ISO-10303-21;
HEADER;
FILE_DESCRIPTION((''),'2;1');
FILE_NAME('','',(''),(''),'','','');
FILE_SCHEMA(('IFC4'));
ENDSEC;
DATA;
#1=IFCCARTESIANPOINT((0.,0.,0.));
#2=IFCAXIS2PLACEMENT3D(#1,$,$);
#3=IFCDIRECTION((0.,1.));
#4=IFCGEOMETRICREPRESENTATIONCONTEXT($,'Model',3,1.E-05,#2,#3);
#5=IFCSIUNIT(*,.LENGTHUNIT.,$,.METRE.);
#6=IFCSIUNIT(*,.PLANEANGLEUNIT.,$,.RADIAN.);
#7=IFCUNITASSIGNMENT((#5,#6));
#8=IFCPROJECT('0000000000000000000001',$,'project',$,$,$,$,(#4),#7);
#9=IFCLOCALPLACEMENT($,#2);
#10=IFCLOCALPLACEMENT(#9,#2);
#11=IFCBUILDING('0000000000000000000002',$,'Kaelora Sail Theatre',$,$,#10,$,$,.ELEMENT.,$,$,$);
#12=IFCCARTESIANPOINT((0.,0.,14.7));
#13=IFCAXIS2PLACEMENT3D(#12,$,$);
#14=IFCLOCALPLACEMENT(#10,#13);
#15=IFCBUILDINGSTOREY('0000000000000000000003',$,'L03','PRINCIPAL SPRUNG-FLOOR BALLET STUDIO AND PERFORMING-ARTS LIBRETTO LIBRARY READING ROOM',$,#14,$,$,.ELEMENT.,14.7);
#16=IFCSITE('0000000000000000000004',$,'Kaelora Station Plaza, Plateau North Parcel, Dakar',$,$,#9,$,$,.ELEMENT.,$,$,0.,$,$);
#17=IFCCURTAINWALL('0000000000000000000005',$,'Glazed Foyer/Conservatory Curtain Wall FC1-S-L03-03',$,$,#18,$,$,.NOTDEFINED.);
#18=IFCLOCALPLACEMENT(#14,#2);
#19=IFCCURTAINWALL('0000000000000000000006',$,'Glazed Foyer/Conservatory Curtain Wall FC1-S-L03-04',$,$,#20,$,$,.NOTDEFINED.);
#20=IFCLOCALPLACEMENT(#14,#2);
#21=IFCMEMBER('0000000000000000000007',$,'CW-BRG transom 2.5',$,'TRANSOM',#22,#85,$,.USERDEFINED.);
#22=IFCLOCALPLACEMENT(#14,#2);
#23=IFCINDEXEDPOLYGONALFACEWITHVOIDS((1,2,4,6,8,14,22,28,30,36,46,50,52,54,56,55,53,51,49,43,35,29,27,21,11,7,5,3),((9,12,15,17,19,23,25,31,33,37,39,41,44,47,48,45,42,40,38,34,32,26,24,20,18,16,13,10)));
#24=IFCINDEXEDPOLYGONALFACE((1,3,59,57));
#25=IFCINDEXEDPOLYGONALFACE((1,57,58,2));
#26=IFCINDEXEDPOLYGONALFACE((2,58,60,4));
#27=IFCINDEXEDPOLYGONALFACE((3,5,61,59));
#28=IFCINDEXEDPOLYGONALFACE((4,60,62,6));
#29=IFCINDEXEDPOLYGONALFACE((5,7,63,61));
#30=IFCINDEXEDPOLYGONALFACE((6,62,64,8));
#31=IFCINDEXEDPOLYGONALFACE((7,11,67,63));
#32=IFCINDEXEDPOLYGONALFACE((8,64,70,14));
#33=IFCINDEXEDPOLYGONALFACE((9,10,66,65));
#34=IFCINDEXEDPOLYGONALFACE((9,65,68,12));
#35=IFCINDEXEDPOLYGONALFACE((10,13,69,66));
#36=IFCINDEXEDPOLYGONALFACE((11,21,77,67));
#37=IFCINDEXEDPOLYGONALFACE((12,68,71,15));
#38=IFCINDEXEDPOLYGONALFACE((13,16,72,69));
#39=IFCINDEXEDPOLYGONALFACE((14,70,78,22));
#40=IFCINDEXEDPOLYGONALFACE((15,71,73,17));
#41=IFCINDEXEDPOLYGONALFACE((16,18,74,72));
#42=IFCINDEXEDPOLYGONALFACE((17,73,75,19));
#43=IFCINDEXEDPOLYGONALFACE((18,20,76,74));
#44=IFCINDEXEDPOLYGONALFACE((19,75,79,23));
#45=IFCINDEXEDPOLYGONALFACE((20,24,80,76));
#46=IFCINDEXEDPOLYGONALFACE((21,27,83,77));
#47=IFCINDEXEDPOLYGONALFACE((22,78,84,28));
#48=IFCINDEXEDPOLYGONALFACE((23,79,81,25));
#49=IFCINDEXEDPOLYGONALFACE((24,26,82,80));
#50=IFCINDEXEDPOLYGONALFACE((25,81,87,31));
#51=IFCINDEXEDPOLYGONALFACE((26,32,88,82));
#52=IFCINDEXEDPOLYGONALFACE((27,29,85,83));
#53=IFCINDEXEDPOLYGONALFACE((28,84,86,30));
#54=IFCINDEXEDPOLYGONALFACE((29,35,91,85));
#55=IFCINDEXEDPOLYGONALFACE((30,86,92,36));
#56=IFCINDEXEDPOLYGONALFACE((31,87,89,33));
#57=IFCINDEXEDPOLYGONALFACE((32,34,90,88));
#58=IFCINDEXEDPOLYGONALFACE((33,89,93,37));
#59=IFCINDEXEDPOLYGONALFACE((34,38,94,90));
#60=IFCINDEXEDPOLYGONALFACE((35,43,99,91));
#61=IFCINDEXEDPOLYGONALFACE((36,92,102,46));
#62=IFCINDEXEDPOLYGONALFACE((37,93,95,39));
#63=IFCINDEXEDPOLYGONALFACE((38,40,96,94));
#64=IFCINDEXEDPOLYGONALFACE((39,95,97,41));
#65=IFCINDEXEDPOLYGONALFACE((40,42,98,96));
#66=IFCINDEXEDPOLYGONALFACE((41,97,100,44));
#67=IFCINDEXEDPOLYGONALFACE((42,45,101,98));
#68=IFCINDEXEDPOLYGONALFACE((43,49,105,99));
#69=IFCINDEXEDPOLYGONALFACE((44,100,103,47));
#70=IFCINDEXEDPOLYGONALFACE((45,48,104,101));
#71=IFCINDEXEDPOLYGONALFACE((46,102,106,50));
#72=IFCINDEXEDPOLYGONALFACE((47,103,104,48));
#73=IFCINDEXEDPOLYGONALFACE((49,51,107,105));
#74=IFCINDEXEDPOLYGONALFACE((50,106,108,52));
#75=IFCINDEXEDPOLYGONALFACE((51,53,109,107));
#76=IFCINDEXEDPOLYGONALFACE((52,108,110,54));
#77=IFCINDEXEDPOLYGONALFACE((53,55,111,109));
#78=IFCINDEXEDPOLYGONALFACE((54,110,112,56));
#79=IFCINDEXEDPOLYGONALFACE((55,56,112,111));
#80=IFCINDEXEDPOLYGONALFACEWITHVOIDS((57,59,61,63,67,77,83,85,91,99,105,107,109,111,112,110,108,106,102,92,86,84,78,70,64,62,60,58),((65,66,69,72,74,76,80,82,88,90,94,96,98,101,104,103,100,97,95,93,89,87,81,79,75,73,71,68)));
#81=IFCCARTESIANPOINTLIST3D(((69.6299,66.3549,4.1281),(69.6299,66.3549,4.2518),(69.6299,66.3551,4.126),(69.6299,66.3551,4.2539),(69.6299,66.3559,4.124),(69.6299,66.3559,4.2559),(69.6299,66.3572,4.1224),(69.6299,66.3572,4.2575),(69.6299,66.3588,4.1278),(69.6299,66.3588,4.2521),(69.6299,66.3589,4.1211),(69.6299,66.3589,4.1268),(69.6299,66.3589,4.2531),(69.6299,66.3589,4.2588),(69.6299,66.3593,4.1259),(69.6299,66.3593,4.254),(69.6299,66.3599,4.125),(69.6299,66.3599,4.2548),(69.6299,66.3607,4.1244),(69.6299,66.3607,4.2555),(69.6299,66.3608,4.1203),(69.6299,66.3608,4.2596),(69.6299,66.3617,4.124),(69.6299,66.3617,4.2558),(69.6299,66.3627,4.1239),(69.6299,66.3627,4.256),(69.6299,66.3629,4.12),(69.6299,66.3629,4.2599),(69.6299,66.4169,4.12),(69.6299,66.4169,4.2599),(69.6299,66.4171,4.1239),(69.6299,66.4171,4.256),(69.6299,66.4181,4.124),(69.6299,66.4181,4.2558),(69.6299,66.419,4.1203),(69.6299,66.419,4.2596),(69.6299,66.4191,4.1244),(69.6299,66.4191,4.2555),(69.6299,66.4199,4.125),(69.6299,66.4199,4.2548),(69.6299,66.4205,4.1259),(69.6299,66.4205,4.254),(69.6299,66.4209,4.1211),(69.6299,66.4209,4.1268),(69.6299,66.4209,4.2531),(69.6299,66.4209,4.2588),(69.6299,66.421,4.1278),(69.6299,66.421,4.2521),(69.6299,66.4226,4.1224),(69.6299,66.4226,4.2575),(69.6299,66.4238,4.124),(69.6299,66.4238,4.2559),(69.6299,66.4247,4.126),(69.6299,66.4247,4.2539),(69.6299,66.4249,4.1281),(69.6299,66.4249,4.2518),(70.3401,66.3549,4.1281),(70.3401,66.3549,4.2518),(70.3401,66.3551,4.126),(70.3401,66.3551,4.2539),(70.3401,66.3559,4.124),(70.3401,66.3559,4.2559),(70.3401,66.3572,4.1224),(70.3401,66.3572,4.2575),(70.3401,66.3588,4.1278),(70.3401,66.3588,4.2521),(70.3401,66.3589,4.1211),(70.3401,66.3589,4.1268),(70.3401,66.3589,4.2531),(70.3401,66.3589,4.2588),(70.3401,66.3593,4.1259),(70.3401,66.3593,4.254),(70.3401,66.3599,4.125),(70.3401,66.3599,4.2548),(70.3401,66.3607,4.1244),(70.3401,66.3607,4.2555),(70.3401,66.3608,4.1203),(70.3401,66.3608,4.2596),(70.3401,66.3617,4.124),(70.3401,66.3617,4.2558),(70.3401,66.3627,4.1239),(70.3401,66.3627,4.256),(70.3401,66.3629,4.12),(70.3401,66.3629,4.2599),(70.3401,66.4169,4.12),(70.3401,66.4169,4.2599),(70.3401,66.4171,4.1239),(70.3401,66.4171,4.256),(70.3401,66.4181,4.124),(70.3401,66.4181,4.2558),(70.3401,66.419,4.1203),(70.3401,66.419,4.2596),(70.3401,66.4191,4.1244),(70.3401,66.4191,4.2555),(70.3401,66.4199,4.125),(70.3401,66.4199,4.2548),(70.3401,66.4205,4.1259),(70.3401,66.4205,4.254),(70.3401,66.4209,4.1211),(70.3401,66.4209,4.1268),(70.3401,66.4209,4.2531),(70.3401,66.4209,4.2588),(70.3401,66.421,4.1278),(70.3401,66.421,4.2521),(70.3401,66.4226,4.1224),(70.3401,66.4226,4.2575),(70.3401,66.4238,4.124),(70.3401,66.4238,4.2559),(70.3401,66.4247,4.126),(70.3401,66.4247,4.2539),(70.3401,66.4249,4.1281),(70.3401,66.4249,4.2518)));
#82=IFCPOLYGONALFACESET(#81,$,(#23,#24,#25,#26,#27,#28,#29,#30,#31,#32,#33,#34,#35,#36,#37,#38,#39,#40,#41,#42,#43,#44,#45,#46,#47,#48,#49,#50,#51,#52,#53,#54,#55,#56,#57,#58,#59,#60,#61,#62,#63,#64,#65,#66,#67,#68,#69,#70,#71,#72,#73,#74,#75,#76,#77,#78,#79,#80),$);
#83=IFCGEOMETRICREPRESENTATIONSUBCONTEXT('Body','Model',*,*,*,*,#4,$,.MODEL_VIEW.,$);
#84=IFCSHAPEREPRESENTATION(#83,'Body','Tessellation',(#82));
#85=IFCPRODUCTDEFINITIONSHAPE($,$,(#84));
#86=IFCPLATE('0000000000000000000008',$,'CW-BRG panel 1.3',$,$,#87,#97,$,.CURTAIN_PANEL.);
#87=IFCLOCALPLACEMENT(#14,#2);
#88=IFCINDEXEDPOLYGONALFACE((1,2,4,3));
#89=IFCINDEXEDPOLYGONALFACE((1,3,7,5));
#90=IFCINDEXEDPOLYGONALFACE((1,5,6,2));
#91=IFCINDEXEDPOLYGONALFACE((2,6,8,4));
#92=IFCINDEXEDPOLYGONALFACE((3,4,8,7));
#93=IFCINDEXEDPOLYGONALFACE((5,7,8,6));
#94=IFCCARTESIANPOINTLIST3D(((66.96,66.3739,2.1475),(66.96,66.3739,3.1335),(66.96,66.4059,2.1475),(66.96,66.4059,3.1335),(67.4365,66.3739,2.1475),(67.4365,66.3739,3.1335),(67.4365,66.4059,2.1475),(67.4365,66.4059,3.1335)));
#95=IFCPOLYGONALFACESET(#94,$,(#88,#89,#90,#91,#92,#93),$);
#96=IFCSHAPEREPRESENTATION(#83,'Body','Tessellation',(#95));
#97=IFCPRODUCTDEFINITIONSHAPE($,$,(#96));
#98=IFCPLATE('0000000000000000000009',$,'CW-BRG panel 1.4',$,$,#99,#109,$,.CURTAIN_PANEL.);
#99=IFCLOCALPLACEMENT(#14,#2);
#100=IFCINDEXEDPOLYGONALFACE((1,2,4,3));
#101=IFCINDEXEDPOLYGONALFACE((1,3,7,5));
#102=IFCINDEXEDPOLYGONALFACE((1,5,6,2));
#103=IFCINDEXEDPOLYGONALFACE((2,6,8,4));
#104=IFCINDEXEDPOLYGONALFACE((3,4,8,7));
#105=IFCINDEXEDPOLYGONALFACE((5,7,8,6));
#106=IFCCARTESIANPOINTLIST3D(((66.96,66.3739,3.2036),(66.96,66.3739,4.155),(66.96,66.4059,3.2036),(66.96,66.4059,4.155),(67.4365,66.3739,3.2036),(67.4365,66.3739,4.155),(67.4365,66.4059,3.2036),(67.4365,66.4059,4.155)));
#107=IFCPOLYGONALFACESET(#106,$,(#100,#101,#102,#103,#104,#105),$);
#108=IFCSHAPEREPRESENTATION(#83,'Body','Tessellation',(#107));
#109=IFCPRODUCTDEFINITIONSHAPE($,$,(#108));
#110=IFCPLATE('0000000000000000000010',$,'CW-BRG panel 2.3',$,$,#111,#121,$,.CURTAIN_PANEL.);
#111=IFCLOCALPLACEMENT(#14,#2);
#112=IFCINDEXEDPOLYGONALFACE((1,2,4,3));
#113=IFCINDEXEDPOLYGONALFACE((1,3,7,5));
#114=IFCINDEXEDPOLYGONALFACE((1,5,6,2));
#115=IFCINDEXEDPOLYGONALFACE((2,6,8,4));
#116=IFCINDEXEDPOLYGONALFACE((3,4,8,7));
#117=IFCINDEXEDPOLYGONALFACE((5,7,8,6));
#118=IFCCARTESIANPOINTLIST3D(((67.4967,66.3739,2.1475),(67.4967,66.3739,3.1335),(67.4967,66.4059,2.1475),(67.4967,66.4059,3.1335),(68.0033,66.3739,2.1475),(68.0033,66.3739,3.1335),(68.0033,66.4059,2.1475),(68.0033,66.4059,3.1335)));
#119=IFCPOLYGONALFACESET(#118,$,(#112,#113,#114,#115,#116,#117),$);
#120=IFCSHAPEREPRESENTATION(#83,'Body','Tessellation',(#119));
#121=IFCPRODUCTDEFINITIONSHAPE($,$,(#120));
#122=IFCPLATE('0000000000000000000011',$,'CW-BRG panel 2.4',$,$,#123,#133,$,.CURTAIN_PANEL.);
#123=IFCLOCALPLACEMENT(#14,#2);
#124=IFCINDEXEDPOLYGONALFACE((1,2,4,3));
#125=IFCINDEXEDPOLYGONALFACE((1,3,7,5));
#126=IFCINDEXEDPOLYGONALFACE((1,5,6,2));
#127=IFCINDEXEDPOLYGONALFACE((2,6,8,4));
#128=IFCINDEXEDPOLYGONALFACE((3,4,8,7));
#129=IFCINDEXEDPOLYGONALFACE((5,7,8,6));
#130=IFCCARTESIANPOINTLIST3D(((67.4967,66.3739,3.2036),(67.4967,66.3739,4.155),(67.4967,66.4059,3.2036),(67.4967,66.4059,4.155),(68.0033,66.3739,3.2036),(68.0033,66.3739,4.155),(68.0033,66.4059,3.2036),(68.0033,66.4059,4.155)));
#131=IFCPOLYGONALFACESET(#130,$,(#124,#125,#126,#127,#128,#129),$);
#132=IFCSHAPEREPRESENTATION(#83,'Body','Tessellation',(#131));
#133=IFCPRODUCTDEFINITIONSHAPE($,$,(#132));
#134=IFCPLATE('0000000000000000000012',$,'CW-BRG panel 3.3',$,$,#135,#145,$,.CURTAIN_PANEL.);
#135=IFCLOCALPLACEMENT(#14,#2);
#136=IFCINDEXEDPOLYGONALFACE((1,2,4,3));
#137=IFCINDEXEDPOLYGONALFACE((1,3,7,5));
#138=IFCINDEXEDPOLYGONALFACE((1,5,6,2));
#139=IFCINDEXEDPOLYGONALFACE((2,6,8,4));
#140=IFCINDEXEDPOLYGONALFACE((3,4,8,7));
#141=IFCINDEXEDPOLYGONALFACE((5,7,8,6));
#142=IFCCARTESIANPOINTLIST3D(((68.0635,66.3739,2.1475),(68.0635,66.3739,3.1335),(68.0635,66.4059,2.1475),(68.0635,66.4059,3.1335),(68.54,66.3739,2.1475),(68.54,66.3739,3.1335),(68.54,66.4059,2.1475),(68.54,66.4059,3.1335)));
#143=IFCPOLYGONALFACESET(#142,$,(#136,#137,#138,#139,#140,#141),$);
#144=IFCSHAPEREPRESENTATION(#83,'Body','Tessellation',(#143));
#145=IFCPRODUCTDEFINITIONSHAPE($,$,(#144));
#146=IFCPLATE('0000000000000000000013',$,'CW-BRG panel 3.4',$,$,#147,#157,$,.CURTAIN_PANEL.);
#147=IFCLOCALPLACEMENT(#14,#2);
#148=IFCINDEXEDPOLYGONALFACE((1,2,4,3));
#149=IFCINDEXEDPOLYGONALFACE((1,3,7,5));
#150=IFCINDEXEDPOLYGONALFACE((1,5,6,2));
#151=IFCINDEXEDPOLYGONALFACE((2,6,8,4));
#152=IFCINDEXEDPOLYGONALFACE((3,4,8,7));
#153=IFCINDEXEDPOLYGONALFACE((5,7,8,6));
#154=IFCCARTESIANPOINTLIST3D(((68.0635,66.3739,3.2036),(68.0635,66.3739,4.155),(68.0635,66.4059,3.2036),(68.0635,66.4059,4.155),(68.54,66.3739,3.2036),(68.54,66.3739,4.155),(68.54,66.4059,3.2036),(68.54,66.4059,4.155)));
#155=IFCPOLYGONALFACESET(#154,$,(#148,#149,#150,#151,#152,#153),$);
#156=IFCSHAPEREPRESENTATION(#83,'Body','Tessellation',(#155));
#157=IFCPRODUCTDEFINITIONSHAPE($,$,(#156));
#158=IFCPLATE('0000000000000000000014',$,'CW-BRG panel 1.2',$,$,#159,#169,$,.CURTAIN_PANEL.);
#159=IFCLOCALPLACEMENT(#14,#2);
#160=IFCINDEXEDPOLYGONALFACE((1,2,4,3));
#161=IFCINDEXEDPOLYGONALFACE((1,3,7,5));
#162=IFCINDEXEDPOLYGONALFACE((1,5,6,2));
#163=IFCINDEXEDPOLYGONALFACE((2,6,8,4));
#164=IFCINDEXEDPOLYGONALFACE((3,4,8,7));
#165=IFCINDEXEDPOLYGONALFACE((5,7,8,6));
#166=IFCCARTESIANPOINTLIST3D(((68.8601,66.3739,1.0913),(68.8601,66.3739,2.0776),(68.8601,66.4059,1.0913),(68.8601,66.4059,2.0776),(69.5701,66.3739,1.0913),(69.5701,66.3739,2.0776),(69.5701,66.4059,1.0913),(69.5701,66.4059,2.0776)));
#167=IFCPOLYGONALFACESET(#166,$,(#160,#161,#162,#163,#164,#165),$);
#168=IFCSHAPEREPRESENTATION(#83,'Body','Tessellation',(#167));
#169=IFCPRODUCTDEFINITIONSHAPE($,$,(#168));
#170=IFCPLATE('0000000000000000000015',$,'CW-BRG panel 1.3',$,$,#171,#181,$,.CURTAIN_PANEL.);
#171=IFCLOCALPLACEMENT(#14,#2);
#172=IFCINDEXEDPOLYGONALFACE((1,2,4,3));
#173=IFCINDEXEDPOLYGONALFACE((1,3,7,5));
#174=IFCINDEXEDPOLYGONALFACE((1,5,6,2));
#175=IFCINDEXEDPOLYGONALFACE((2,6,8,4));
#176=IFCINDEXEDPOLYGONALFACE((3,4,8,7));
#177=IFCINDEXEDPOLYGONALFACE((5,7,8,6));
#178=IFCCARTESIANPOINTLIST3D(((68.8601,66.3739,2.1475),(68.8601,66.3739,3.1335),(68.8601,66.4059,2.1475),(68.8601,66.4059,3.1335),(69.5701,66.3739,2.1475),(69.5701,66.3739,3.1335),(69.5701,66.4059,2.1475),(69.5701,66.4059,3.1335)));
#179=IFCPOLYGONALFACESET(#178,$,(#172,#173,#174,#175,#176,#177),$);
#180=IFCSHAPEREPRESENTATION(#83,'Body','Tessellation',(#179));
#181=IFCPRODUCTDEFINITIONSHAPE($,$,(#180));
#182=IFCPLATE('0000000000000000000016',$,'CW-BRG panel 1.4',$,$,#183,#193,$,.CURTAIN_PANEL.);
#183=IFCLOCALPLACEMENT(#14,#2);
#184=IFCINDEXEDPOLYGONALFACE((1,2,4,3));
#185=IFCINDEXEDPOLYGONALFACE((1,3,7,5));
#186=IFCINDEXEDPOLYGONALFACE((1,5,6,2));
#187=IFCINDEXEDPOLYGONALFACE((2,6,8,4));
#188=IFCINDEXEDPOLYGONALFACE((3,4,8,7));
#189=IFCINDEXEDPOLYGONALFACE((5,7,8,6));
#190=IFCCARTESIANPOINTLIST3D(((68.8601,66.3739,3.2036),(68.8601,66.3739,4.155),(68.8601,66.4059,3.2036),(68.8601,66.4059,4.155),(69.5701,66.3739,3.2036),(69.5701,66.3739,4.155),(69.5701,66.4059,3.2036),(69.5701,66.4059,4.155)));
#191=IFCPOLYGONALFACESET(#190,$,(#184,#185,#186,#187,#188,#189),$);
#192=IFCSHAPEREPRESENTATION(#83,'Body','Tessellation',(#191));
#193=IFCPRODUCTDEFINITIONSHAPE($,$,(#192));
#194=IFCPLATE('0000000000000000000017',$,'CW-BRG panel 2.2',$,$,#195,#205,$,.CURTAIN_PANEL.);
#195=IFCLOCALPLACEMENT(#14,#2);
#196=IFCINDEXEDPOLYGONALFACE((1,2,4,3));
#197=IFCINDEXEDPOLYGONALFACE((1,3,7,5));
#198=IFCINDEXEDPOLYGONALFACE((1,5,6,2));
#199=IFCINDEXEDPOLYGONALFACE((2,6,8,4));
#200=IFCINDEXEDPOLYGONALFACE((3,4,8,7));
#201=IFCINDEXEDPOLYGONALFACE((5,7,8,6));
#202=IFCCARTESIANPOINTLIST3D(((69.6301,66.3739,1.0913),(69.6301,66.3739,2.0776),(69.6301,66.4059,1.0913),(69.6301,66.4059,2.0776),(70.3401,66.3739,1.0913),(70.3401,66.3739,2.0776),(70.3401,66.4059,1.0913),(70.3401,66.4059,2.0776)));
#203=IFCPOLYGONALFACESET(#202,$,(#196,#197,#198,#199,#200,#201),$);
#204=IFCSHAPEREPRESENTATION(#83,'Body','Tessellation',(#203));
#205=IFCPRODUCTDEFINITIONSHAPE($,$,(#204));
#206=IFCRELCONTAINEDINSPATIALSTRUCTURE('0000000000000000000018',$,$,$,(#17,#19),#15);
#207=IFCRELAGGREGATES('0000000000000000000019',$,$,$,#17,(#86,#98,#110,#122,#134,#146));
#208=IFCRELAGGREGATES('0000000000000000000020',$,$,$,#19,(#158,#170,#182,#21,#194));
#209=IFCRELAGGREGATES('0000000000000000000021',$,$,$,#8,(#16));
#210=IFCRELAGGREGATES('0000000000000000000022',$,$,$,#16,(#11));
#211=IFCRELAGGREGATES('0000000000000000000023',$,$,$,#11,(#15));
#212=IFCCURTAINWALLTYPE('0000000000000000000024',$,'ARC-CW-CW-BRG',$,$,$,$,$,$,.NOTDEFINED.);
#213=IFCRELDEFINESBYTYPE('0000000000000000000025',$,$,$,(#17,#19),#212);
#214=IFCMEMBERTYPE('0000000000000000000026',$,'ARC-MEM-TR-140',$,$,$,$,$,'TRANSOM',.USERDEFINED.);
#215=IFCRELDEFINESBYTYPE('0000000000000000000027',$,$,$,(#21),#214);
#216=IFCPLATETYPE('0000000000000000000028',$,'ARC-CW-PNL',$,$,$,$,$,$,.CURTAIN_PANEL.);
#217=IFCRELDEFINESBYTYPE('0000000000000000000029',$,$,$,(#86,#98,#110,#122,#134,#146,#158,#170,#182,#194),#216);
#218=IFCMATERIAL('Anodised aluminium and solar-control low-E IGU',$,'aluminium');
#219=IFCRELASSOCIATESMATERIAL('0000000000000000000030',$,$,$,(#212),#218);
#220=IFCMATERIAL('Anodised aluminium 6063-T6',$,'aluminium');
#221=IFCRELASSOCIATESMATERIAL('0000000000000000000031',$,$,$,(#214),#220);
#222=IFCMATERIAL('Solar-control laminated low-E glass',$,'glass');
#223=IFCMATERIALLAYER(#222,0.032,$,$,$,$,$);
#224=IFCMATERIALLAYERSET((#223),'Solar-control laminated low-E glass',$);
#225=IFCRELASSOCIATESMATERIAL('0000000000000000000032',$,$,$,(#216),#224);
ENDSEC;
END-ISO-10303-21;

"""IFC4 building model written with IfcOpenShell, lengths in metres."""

from ifc_helpers import new_model, si_unit, direction, frame, origin, origin_2d, place, context, subcontext, project, spatial, rectangle, hollow_rectangle, extrude, material, layer, layer_set, material_profile, profile_set, type_object, element, aggregate, save


model = new_model("IFC4")

# Units and contexts
model_context = context("Model", 3, precision=1e-05, world=origin(), true_north=direction((0.0, 1.0)))
body_context = subcontext(model_context, "Body", "Model", "MODEL_VIEW")
ifc_project = project(units=[si_unit("LENGTHUNIT", "METRE"), si_unit("PLANEANGLEUNIT", "RADIAN")], contexts=[model_context])

# Site, building, storey
site_placement = place(None, origin())
site = spatial("IfcSite", under=ifc_project, at=site_placement, Name="Kaelora Station Plaza, Plateau North Parcel, Dakar", CompositionType="ELEMENT", RefElevation=0.0)
building_placement = place(site_placement, origin())
building = spatial("IfcBuilding", under=site, at=building_placement, Name="Kaelora Sail Theatre", CompositionType="ELEMENT")
storey_placement = place(building_placement, frame((0.0, 0.0, 14.7)))
storey = spatial("IfcBuildingStorey", under=building, at=storey_placement, Name="L03", Description="PRINCIPAL SPRUNG-FLOOR BALLET STUDIO AND PERFORMING-ARTS LIBRETTO LIBRARY READING ROOM", CompositionType="ELEMENT", Elevation=14.7)

# Curtain walls, member
ifc_material_1 = material(Name="Anodised aluminium and solar-control low-E IGU", Category="aluminium")
curtain_wall_type = type_object("IfcCurtainWallType", Name="ARC-CW-CW-BRG", PredefinedType="NOTDEFINED", material=ifc_material_1)
curtain_wall_1_placement = place(storey_placement, origin())
curtain_wall_1 = element("IfcCurtainWall", 1, at=curtain_wall_1_placement, inside=storey, type_object=curtain_wall_type, Name="Glazed Foyer/Conservatory Curtain Wall FC1-S-L03-03", PredefinedType="NOTDEFINED")
ifc_material_2 = material(Name="Anodised aluminium 6063-T6", Category="aluminium")
ifc_material_profile = material_profile(ifc_material_2, hollow_rectangle(XDim=0.0701, YDim=0.1399, WallThickness=0.0039, InnerFilletRadius=0.0039, OuterFilletRadius=0.0081, at=origin_2d()), Name="ALU-TRAN 70x140x4")
ifc_profile_set = profile_set([ifc_material_profile], Name="Anodised aluminium 6063-T6")
member_type = type_object("IfcMemberType", Name="ARC-MEM-TR-140", ElementType="TRANSOM", PredefinedType="USERDEFINED", material=ifc_profile_set)
curtain_wall_2_placement = place(storey_placement, origin())
curtain_wall_2 = element("IfcCurtainWall", 2, at=curtain_wall_2_placement, inside=storey, type_object=curtain_wall_type, Name="Glazed Foyer/Conservatory Curtain Wall FC1-S-L03-04", PredefinedType="NOTDEFINED")
member_1_placement = place(storey_placement, frame((69.6299, 66.3899, 4.1899), z_axis=(1.0, 0.0, 0.0), x_axis=(0.0, 1.0, 0.0)))
member_1 = element("IfcMember", 3, at=member_1_placement, type_object=member_type, Name="CW-BRG transom 2.5", ObjectType="TRANSOM", PredefinedType="USERDEFINED", context=body_context, shape_type="SweptSolid", body=[
    extrude(hollow_rectangle(XDim=0.0701, YDim=0.1399, WallThickness=0.0039, InnerFilletRadius=0.0039, OuterFilletRadius=0.0081, at=origin_2d()), origin(), (0.0, 0.0, 1.0), 0.7102),
])

# Plates
ifc_material_3 = material(Name="Solar-control laminated low-E glass", Category="glass")
ifc_layer = layer(ifc_material_3, 0.032)
ifc_layer_set = layer_set([ifc_layer], Name="Solar-control laminated low-E glass")
plate_type = type_object("IfcPlateType", Name="ARC-CW-PNL", PredefinedType="CURTAIN_PANEL", material=ifc_layer_set)
plate_1_placement = place(storey_placement, frame((67.1982, 66.3899, 2.1475), z_axis=(0.0, 0.0, 1.0), x_axis=(1.0, 0.0, 0.0)))
plate_1 = element("IfcPlate", 4, at=plate_1_placement, type_object=plate_type, Name="CW-BRG panel 1.3", PredefinedType="CURTAIN_PANEL", context=body_context, shape_type="SweptSolid", body=[
    extrude(rectangle(XDim=0.4766, YDim=0.032, at=origin_2d()), origin(), (0.0, 0.0, 1.0), 0.9861),
])
plate_2_placement = place(storey_placement, frame((67.1982, 66.3899, 3.2036), z_axis=(0.0, 0.0, 1.0), x_axis=(1.0, 0.0, 0.0)))
plate_2 = element("IfcPlate", 5, at=plate_2_placement, type_object=plate_type, Name="CW-BRG panel 1.4", PredefinedType="CURTAIN_PANEL", context=body_context, shape_type="SweptSolid", body=[
    extrude(rectangle(XDim=0.4766, YDim=0.032, at=origin_2d()), origin(), (0.0, 0.0, 1.0), 0.9514),
])
plate_3_placement = place(storey_placement, frame((67.75, 66.3899, 2.1475), z_axis=(0.0, 0.0, 1.0), x_axis=(1.0, 0.0, 0.0)))
plate_3 = element("IfcPlate", 6, at=plate_3_placement, type_object=plate_type, Name="CW-BRG panel 2.3", PredefinedType="CURTAIN_PANEL", context=body_context, shape_type="SweptSolid", body=[
    extrude(rectangle(XDim=0.5066, YDim=0.032, at=origin_2d()), origin(), (0.0, 0.0, 1.0), 0.9861),
])
plate_4_placement = place(storey_placement, frame((67.75, 66.3899, 3.2036), z_axis=(0.0, 0.0, 1.0), x_axis=(1.0, 0.0, 0.0)))
plate_4 = element("IfcPlate", 7, at=plate_4_placement, type_object=plate_type, Name="CW-BRG panel 2.4", PredefinedType="CURTAIN_PANEL", context=body_context, shape_type="SweptSolid", body=[
    extrude(rectangle(XDim=0.5066, YDim=0.032, at=origin_2d()), origin(), (0.0, 0.0, 1.0), 0.9514),
])
plate_5_placement = place(storey_placement, frame((68.3018, 66.3899, 2.1475), z_axis=(0.0, 0.0, 1.0), x_axis=(1.0, 0.0, 0.0)))
plate_5 = element("IfcPlate", 8, at=plate_5_placement, type_object=plate_type, Name="CW-BRG panel 3.3", PredefinedType="CURTAIN_PANEL", context=body_context, shape_type="SweptSolid", body=[
    extrude(rectangle(XDim=0.4766, YDim=0.032, at=origin_2d()), origin(), (0.0, 0.0, 1.0), 0.9861),
])
plate_6_placement = place(storey_placement, frame((68.3018, 66.3899, 3.2036), z_axis=(0.0, 0.0, 1.0), x_axis=(1.0, 0.0, 0.0)))
plate_6 = element("IfcPlate", 9, at=plate_6_placement, type_object=plate_type, Name="CW-BRG panel 3.4", PredefinedType="CURTAIN_PANEL", context=body_context, shape_type="SweptSolid", body=[
    extrude(rectangle(XDim=0.4766, YDim=0.032, at=origin_2d()), origin(), (0.0, 0.0, 1.0), 0.9514),
])
aggregate(curtain_wall_1, [plate_1, plate_2, plate_3, plate_4, plate_5, plate_6])
plate_7_placement = place(storey_placement, frame((69.2151, 66.3899, 1.0913), z_axis=(0.0, 0.0, 1.0), x_axis=(1.0, 0.0, 0.0)))
plate_7 = element("IfcPlate", 10, at=plate_7_placement, type_object=plate_type, Name="CW-BRG panel 1.2", PredefinedType="CURTAIN_PANEL", context=body_context, shape_type="SweptSolid", body=[
    extrude(rectangle(XDim=0.71, YDim=0.032, at=origin_2d()), origin(), (0.0, 0.0, 1.0), 0.9863),
])
plate_8_placement = place(storey_placement, frame((69.2151, 66.3899, 2.1475), z_axis=(0.0, 0.0, 1.0), x_axis=(1.0, 0.0, 0.0)))
plate_8 = element("IfcPlate", 11, at=plate_8_placement, type_object=plate_type, Name="CW-BRG panel 1.3", PredefinedType="CURTAIN_PANEL", context=body_context, shape_type="SweptSolid", body=[
    extrude(rectangle(XDim=0.71, YDim=0.032, at=origin_2d()), origin(), (0.0, 0.0, 1.0), 0.9861),
])
plate_9_placement = place(storey_placement, frame((69.2151, 66.3899, 3.2036), z_axis=(0.0, 0.0, 1.0), x_axis=(1.0, 0.0, 0.0)))
plate_9 = element("IfcPlate", 12, at=plate_9_placement, type_object=plate_type, Name="CW-BRG panel 1.4", PredefinedType="CURTAIN_PANEL", context=body_context, shape_type="SweptSolid", body=[
    extrude(rectangle(XDim=0.71, YDim=0.032, at=origin_2d()), origin(), (0.0, 0.0, 1.0), 0.9514),
])
plate_10_placement = place(storey_placement, frame((69.9851, 66.3899, 1.0913), z_axis=(0.0, 0.0, 1.0), x_axis=(1.0, 0.0, 0.0)))
plate_10 = element("IfcPlate", 13, at=plate_10_placement, type_object=plate_type, Name="CW-BRG panel 2.2", PredefinedType="CURTAIN_PANEL", context=body_context, shape_type="SweptSolid", body=[
    extrude(rectangle(XDim=0.71, YDim=0.032, at=origin_2d()), origin(), (0.0, 0.0, 1.0), 0.9863),
])
aggregate(curtain_wall_2, [plate_7, plate_8, plate_9, member_1, plate_10])

save(model, "model.ifc")
